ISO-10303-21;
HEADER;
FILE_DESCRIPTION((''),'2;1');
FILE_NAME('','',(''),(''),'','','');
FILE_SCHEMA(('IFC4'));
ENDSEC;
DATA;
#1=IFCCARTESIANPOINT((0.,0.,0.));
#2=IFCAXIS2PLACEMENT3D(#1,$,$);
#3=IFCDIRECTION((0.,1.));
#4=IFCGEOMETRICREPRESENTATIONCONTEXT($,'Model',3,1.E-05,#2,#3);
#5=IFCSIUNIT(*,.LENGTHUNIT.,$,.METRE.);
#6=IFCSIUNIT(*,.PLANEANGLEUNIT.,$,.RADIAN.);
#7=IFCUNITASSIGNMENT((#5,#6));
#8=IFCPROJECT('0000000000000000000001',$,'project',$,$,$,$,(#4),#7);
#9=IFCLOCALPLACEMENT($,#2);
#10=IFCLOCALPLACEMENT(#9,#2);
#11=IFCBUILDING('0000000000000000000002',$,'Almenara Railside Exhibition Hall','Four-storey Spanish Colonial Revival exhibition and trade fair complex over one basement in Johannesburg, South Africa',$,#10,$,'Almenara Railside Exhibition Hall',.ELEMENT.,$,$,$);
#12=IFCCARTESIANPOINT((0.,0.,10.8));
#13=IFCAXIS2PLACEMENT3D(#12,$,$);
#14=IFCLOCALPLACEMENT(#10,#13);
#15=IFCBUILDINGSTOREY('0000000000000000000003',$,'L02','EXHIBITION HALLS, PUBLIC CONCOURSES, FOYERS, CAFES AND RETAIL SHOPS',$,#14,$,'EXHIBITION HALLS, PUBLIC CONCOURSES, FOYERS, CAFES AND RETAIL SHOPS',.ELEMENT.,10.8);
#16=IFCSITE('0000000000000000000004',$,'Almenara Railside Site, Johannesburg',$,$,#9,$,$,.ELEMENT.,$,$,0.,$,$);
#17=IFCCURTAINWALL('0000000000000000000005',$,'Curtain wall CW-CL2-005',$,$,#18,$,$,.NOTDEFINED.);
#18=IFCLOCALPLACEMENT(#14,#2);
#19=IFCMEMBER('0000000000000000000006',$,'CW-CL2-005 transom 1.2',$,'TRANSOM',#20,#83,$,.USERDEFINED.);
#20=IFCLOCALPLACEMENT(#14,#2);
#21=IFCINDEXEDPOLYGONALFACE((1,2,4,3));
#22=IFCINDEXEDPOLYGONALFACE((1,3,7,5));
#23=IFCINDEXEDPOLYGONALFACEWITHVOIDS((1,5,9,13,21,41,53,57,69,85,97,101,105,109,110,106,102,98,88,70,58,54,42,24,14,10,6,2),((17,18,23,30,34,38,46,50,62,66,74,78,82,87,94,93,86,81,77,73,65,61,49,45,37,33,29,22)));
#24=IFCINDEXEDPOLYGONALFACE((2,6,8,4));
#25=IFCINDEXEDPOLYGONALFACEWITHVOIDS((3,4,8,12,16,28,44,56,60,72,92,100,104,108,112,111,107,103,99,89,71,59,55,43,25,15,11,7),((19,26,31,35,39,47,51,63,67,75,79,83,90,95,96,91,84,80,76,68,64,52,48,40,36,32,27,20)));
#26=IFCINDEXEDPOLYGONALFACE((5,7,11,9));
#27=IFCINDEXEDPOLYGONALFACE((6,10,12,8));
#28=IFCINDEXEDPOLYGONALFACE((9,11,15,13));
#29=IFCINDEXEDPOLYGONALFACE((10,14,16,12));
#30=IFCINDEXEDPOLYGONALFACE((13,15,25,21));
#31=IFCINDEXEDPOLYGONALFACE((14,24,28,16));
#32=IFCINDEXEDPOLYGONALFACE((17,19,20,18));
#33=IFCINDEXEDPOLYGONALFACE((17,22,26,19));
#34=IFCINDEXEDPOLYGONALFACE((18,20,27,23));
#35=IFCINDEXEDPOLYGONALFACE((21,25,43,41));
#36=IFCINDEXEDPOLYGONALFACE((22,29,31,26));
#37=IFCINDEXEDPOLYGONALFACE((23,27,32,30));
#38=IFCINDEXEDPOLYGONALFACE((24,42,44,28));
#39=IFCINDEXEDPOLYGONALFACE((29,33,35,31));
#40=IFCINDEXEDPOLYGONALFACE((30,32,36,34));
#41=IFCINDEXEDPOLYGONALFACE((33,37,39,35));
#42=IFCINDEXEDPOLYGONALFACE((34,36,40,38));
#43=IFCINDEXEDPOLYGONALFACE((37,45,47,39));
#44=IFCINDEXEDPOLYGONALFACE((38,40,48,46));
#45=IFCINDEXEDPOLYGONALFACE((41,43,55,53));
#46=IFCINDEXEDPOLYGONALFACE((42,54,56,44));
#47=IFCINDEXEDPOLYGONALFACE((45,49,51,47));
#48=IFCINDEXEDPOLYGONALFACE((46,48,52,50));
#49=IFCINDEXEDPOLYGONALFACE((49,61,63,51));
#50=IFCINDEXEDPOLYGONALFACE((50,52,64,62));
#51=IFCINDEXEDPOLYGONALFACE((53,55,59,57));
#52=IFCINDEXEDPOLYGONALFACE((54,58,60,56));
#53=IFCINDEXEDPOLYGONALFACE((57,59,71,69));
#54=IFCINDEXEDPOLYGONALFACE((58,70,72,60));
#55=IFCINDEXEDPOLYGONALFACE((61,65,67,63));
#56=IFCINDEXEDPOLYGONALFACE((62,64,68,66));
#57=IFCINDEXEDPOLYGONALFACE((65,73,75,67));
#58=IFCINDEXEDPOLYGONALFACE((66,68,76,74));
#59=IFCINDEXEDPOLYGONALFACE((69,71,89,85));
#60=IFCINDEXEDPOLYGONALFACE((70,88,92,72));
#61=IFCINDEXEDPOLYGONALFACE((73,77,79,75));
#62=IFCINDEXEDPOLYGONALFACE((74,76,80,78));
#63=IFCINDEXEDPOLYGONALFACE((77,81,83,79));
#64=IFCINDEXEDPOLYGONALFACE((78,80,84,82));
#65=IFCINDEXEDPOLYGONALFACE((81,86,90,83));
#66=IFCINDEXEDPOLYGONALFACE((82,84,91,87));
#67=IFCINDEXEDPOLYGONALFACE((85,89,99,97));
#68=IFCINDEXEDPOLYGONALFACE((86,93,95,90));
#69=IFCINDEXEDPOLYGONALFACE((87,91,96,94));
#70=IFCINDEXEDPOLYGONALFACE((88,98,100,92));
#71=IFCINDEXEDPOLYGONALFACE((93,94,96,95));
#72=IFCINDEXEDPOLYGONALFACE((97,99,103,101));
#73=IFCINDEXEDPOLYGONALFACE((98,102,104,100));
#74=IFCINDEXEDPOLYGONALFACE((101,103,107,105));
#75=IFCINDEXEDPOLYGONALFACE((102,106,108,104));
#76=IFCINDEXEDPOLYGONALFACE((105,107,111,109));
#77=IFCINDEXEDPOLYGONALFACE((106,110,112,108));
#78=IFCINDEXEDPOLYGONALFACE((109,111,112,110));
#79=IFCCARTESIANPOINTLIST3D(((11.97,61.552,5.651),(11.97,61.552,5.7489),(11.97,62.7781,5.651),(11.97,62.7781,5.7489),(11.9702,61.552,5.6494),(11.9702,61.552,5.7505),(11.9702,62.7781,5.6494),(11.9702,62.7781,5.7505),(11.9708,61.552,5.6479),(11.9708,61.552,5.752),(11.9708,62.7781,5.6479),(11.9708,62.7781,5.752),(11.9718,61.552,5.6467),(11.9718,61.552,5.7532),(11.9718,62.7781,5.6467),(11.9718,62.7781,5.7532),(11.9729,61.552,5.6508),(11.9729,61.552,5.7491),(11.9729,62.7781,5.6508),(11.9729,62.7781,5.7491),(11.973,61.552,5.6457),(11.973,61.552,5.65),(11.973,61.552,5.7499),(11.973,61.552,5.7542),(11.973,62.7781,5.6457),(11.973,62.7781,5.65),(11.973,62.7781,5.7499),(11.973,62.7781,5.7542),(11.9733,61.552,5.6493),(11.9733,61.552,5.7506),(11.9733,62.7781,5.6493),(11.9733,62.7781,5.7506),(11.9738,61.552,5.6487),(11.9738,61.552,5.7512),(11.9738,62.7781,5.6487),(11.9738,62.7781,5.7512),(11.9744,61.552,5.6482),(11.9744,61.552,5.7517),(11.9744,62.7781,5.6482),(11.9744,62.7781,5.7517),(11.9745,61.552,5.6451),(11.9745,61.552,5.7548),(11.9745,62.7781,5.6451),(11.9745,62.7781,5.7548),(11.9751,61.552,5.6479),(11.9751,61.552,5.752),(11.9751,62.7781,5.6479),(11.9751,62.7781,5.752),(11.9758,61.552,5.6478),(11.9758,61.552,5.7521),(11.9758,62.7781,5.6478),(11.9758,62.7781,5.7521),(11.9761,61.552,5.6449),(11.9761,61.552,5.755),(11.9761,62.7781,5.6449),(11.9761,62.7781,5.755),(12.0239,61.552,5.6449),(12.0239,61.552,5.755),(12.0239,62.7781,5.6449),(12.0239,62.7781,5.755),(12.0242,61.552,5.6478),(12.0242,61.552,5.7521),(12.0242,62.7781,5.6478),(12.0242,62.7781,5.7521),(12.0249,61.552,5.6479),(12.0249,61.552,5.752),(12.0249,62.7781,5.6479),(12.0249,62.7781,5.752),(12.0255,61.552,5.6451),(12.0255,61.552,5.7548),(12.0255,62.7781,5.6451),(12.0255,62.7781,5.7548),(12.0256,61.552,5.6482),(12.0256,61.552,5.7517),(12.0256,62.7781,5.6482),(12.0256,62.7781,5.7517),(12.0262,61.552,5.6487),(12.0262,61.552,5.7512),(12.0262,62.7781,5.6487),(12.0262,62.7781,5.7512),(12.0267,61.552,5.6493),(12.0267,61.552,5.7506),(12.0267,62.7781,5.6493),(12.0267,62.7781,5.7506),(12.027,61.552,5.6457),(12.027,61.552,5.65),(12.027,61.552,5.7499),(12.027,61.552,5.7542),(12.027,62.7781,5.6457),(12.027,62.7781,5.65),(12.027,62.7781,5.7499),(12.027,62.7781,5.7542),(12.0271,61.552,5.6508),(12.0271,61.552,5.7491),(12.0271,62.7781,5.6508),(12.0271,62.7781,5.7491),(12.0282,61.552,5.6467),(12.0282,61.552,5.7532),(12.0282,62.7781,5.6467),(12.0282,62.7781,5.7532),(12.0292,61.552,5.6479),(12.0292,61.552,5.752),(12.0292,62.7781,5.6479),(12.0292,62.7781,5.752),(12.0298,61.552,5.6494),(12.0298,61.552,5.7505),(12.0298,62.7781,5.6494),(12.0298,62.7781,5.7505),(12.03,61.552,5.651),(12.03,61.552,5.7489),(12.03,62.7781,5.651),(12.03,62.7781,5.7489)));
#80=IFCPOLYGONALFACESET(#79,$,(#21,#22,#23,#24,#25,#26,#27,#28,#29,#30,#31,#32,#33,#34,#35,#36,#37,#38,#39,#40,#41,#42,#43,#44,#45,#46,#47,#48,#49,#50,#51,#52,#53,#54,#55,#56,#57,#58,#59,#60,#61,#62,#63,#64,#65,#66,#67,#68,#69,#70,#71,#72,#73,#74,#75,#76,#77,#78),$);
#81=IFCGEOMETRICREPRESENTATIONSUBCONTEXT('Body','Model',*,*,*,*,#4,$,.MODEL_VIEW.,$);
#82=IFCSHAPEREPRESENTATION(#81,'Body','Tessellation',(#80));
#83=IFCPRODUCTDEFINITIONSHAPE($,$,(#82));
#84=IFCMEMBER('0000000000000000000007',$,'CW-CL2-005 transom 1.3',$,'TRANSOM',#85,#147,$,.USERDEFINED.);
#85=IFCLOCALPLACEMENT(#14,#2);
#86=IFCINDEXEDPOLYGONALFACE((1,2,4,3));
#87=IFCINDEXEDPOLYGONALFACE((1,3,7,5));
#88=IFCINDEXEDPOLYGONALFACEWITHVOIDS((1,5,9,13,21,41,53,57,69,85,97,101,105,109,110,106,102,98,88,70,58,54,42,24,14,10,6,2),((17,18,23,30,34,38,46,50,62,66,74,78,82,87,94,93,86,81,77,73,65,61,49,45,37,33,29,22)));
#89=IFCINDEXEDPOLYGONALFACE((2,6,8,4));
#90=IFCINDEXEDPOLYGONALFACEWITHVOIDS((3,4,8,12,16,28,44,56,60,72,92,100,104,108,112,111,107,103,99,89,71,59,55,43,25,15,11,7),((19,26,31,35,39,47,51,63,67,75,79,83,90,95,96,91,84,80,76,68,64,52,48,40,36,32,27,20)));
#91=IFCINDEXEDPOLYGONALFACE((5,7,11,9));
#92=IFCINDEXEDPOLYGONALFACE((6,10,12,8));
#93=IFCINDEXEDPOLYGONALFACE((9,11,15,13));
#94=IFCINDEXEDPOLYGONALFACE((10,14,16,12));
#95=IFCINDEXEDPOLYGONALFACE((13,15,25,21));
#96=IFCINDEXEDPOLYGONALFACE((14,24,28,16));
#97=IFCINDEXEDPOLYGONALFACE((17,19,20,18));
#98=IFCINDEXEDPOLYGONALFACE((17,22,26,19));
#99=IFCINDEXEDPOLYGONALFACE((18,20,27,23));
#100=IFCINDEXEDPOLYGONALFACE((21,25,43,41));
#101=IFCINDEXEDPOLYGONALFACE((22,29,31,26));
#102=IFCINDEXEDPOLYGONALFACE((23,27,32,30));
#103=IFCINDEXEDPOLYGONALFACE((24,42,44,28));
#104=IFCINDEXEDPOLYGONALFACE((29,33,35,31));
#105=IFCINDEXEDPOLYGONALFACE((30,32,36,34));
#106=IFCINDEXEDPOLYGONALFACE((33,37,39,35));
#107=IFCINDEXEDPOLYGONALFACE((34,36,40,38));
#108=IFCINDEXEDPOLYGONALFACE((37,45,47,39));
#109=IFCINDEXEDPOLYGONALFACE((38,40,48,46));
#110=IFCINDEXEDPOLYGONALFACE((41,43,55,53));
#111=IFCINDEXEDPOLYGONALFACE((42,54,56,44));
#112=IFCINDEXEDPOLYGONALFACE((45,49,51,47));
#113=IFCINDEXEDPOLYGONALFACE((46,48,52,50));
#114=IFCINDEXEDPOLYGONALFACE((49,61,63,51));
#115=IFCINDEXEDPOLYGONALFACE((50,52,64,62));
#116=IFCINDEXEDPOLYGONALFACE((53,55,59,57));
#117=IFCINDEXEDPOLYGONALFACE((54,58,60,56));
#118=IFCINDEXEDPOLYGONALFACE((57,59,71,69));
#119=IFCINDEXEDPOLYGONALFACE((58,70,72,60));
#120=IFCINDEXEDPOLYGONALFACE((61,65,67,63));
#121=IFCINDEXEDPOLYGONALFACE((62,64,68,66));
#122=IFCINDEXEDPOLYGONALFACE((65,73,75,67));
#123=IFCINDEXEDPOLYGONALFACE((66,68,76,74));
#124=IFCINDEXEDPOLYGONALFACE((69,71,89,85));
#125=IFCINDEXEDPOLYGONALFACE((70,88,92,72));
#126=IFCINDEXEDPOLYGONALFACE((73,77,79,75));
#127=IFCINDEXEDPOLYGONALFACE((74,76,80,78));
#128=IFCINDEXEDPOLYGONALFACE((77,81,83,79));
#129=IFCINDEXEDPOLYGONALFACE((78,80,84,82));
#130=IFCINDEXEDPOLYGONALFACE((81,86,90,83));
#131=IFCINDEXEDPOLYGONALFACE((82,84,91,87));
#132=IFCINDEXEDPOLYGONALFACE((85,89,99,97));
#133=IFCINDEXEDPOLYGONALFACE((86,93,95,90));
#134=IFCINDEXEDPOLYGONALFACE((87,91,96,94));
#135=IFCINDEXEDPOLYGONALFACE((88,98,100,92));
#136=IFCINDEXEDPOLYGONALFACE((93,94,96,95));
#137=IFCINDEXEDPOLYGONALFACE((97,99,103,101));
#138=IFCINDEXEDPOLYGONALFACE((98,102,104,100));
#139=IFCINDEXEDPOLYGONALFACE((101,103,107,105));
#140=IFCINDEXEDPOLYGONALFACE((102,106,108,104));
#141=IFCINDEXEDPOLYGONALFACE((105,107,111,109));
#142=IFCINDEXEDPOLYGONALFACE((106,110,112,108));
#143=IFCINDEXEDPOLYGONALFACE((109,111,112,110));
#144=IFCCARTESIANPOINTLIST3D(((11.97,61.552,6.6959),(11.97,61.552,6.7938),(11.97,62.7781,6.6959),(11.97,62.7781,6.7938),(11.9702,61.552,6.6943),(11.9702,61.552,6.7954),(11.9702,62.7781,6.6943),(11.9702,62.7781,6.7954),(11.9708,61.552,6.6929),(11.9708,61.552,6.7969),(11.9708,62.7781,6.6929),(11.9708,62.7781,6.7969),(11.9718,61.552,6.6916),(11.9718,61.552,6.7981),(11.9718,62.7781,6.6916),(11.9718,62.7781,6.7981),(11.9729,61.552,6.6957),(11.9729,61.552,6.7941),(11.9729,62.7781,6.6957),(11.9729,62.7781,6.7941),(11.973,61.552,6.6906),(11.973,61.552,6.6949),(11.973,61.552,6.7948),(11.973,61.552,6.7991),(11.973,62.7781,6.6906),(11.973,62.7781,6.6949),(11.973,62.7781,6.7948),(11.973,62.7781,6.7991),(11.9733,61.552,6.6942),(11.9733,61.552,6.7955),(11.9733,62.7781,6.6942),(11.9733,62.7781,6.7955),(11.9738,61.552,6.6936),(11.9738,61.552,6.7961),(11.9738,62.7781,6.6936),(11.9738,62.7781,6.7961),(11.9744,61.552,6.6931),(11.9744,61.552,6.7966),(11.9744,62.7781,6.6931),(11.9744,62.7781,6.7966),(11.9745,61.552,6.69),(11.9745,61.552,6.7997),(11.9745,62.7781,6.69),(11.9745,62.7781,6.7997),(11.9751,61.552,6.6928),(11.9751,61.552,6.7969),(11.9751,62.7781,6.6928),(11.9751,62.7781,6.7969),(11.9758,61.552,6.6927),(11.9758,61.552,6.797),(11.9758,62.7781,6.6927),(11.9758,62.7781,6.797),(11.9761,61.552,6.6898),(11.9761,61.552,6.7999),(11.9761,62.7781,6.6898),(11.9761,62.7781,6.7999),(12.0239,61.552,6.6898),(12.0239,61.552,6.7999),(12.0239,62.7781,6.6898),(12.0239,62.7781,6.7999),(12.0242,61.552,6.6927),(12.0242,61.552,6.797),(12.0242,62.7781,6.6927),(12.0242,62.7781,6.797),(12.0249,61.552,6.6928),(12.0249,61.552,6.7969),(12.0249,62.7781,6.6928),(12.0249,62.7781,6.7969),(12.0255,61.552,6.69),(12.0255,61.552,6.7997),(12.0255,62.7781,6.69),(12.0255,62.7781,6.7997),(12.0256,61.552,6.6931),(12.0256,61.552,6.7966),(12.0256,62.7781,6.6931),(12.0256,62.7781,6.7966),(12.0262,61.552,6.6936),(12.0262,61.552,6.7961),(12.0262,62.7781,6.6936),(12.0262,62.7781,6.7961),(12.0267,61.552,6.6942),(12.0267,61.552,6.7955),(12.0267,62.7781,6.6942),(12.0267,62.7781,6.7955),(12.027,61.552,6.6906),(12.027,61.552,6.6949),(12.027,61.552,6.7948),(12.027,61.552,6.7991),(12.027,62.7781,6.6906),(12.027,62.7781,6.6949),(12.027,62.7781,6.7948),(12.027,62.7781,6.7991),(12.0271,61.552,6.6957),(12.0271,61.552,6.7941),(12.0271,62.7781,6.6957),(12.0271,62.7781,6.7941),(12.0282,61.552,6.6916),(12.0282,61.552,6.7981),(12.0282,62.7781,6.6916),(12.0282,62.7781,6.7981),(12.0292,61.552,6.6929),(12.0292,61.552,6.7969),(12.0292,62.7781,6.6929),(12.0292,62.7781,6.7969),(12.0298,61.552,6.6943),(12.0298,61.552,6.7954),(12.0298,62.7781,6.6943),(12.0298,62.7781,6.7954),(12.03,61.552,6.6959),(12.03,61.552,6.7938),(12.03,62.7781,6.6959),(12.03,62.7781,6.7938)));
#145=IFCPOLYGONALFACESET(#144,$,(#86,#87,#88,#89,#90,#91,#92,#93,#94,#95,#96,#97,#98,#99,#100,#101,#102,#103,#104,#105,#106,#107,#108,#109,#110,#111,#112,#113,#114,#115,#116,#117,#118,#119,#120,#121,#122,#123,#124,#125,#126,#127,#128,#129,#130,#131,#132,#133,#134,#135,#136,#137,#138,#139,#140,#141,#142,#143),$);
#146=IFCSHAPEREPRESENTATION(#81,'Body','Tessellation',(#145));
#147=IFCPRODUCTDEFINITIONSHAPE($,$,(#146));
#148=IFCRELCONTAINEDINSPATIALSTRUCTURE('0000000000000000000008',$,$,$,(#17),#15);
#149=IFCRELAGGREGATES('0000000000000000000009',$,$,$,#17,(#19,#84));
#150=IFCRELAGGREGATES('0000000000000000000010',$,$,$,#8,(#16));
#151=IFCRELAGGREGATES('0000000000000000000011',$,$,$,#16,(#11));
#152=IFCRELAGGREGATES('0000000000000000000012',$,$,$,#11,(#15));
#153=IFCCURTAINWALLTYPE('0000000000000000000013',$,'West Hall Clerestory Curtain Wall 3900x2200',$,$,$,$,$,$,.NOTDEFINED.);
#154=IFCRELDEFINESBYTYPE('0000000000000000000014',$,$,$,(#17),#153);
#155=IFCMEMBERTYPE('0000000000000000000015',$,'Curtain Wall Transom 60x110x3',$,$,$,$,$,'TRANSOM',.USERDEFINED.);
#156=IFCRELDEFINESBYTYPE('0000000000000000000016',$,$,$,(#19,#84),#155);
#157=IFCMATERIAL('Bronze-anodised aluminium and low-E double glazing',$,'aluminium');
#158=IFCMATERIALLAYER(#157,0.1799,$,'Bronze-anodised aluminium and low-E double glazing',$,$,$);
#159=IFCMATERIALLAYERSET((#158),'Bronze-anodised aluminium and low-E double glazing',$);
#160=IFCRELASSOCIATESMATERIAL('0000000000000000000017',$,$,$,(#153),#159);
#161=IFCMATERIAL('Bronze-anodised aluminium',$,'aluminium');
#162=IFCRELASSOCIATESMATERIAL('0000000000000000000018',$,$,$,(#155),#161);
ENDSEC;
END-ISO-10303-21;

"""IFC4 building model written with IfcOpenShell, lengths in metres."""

from ifc_helpers import new_model, si_unit, direction, frame, origin, origin_2d, place, context, subcontext, project, spatial, hollow_rectangle, extrude, material, layer, layer_set, material_profile, profile_set, type_object, element, aggregate, save


model = new_model("IFC4")

# Units and contexts
model_context = context("Model", 3, precision=1e-05, world=origin(), true_north=direction((0.0, 1.0)))
body_context = subcontext(model_context, "Body", "Model", "MODEL_VIEW")
ifc_project = project(units=[si_unit("LENGTHUNIT", "METRE"), si_unit("PLANEANGLEUNIT", "RADIAN")], contexts=[model_context])

# Site, building, storey
site_placement = place(None, origin())
site = spatial("IfcSite", under=ifc_project, at=site_placement, Name="Almenara Railside Site, Johannesburg", CompositionType="ELEMENT", RefElevation=0.0)
building_placement = place(site_placement, origin())
building = spatial("IfcBuilding", under=site, at=building_placement, Name="Almenara Railside Exhibition Hall", Description="Four-storey Spanish Colonial Revival exhibition and trade fair complex over one basement in Johannesburg, South Africa", LongName="Almenara Railside Exhibition Hall", CompositionType="ELEMENT")
storey_placement = place(building_placement, frame((0.0, 0.0, 10.8)))
storey = spatial("IfcBuildingStorey", under=building, at=storey_placement, Name="L02", Description="EXHIBITION HALLS, PUBLIC CONCOURSES, FOYERS, CAFES AND RETAIL SHOPS", LongName="EXHIBITION HALLS, PUBLIC CONCOURSES, FOYERS, CAFES AND RETAIL SHOPS", CompositionType="ELEMENT", Elevation=10.8)

# Curtain wall
ifc_material_1 = material(Name="Bronze-anodised aluminium and low-E double glazing", Category="aluminium")
ifc_layer_1 = layer(ifc_material_1, 0.1799, Name="Bronze-anodised aluminium and low-E double glazing")
ifc_layer_set_1 = layer_set([ifc_layer_1], Name="Bronze-anodised aluminium and low-E double glazing")
curtain_wall_type = type_object("IfcCurtainWallType", Name="West Hall Clerestory Curtain Wall 3900x2200", PredefinedType="NOTDEFINED", material=ifc_layer_set_1)
ifc_material_2 = material(Name="Bronze-anodised aluminium", Category="aluminium")
curtain_wall_1_placement = place(storey_placement, origin())
curtain_wall_1 = element("IfcCurtainWall", 1, at=curtain_wall_1_placement, inside=storey, type_object=curtain_wall_type, Name="Curtain wall CW-CL2-005", PredefinedType="NOTDEFINED")

# Members
ifc_material_profile_1 = material_profile(ifc_material_2, hollow_rectangle(XDim=0.0601, YDim=0.1101, WallThickness=0.0029, InnerFilletRadius=0.0029, OuterFilletRadius=0.0061, at=origin_2d()), Name="ALU-TRN 60x110x3")
ifc_profile_set_1 = profile_set([ifc_material_profile_1], Name="Bronze-anodised aluminium")
member_type_1 = type_object("IfcMemberType", Name="Curtain Wall Transom 60x110x3", ElementType="TRANSOM", PredefinedType="USERDEFINED", material=ifc_profile_set_1)
member_1_placement = place(storey_placement, frame((12.0, 61.552, 5.7), z_axis=(0.0, 1.0, 0.0), x_axis=(-1.0, 0.0, 0.0)))
member_1 = element("IfcMember", 2, at=member_1_placement, type_object=member_type_1, Name="CW-CL2-005 transom 1.2", ObjectType="TRANSOM", PredefinedType="USERDEFINED", context=body_context, shape_type="SweptSolid", body=[
    extrude(hollow_rectangle(XDim=0.0601, YDim=0.1101, WallThickness=0.0029, InnerFilletRadius=0.0029, OuterFilletRadius=0.0061, at=origin_2d()), origin(), (0.0, 0.0, 1.0), 1.2261),
])
member_2_placement = place(storey_placement, frame((12.0, 61.552, 6.7449), z_axis=(0.0, 1.0, 0.0), x_axis=(-1.0, 0.0, 0.0)))
member_2 = element("IfcMember", 3, at=member_2_placement, type_object=member_type_1, Name="CW-CL2-005 transom 1.3", ObjectType="TRANSOM", PredefinedType="USERDEFINED", context=body_context, shape_type="SweptSolid", body=[
    extrude(hollow_rectangle(XDim=0.0601, YDim=0.1101, WallThickness=0.0029, InnerFilletRadius=0.0029, OuterFilletRadius=0.0061, at=origin_2d()), origin(), (0.0, 0.0, 1.0), 1.2261),
])

aggregate(curtain_wall_1, [member_1, member_2])

save(model, "model.ifc")
